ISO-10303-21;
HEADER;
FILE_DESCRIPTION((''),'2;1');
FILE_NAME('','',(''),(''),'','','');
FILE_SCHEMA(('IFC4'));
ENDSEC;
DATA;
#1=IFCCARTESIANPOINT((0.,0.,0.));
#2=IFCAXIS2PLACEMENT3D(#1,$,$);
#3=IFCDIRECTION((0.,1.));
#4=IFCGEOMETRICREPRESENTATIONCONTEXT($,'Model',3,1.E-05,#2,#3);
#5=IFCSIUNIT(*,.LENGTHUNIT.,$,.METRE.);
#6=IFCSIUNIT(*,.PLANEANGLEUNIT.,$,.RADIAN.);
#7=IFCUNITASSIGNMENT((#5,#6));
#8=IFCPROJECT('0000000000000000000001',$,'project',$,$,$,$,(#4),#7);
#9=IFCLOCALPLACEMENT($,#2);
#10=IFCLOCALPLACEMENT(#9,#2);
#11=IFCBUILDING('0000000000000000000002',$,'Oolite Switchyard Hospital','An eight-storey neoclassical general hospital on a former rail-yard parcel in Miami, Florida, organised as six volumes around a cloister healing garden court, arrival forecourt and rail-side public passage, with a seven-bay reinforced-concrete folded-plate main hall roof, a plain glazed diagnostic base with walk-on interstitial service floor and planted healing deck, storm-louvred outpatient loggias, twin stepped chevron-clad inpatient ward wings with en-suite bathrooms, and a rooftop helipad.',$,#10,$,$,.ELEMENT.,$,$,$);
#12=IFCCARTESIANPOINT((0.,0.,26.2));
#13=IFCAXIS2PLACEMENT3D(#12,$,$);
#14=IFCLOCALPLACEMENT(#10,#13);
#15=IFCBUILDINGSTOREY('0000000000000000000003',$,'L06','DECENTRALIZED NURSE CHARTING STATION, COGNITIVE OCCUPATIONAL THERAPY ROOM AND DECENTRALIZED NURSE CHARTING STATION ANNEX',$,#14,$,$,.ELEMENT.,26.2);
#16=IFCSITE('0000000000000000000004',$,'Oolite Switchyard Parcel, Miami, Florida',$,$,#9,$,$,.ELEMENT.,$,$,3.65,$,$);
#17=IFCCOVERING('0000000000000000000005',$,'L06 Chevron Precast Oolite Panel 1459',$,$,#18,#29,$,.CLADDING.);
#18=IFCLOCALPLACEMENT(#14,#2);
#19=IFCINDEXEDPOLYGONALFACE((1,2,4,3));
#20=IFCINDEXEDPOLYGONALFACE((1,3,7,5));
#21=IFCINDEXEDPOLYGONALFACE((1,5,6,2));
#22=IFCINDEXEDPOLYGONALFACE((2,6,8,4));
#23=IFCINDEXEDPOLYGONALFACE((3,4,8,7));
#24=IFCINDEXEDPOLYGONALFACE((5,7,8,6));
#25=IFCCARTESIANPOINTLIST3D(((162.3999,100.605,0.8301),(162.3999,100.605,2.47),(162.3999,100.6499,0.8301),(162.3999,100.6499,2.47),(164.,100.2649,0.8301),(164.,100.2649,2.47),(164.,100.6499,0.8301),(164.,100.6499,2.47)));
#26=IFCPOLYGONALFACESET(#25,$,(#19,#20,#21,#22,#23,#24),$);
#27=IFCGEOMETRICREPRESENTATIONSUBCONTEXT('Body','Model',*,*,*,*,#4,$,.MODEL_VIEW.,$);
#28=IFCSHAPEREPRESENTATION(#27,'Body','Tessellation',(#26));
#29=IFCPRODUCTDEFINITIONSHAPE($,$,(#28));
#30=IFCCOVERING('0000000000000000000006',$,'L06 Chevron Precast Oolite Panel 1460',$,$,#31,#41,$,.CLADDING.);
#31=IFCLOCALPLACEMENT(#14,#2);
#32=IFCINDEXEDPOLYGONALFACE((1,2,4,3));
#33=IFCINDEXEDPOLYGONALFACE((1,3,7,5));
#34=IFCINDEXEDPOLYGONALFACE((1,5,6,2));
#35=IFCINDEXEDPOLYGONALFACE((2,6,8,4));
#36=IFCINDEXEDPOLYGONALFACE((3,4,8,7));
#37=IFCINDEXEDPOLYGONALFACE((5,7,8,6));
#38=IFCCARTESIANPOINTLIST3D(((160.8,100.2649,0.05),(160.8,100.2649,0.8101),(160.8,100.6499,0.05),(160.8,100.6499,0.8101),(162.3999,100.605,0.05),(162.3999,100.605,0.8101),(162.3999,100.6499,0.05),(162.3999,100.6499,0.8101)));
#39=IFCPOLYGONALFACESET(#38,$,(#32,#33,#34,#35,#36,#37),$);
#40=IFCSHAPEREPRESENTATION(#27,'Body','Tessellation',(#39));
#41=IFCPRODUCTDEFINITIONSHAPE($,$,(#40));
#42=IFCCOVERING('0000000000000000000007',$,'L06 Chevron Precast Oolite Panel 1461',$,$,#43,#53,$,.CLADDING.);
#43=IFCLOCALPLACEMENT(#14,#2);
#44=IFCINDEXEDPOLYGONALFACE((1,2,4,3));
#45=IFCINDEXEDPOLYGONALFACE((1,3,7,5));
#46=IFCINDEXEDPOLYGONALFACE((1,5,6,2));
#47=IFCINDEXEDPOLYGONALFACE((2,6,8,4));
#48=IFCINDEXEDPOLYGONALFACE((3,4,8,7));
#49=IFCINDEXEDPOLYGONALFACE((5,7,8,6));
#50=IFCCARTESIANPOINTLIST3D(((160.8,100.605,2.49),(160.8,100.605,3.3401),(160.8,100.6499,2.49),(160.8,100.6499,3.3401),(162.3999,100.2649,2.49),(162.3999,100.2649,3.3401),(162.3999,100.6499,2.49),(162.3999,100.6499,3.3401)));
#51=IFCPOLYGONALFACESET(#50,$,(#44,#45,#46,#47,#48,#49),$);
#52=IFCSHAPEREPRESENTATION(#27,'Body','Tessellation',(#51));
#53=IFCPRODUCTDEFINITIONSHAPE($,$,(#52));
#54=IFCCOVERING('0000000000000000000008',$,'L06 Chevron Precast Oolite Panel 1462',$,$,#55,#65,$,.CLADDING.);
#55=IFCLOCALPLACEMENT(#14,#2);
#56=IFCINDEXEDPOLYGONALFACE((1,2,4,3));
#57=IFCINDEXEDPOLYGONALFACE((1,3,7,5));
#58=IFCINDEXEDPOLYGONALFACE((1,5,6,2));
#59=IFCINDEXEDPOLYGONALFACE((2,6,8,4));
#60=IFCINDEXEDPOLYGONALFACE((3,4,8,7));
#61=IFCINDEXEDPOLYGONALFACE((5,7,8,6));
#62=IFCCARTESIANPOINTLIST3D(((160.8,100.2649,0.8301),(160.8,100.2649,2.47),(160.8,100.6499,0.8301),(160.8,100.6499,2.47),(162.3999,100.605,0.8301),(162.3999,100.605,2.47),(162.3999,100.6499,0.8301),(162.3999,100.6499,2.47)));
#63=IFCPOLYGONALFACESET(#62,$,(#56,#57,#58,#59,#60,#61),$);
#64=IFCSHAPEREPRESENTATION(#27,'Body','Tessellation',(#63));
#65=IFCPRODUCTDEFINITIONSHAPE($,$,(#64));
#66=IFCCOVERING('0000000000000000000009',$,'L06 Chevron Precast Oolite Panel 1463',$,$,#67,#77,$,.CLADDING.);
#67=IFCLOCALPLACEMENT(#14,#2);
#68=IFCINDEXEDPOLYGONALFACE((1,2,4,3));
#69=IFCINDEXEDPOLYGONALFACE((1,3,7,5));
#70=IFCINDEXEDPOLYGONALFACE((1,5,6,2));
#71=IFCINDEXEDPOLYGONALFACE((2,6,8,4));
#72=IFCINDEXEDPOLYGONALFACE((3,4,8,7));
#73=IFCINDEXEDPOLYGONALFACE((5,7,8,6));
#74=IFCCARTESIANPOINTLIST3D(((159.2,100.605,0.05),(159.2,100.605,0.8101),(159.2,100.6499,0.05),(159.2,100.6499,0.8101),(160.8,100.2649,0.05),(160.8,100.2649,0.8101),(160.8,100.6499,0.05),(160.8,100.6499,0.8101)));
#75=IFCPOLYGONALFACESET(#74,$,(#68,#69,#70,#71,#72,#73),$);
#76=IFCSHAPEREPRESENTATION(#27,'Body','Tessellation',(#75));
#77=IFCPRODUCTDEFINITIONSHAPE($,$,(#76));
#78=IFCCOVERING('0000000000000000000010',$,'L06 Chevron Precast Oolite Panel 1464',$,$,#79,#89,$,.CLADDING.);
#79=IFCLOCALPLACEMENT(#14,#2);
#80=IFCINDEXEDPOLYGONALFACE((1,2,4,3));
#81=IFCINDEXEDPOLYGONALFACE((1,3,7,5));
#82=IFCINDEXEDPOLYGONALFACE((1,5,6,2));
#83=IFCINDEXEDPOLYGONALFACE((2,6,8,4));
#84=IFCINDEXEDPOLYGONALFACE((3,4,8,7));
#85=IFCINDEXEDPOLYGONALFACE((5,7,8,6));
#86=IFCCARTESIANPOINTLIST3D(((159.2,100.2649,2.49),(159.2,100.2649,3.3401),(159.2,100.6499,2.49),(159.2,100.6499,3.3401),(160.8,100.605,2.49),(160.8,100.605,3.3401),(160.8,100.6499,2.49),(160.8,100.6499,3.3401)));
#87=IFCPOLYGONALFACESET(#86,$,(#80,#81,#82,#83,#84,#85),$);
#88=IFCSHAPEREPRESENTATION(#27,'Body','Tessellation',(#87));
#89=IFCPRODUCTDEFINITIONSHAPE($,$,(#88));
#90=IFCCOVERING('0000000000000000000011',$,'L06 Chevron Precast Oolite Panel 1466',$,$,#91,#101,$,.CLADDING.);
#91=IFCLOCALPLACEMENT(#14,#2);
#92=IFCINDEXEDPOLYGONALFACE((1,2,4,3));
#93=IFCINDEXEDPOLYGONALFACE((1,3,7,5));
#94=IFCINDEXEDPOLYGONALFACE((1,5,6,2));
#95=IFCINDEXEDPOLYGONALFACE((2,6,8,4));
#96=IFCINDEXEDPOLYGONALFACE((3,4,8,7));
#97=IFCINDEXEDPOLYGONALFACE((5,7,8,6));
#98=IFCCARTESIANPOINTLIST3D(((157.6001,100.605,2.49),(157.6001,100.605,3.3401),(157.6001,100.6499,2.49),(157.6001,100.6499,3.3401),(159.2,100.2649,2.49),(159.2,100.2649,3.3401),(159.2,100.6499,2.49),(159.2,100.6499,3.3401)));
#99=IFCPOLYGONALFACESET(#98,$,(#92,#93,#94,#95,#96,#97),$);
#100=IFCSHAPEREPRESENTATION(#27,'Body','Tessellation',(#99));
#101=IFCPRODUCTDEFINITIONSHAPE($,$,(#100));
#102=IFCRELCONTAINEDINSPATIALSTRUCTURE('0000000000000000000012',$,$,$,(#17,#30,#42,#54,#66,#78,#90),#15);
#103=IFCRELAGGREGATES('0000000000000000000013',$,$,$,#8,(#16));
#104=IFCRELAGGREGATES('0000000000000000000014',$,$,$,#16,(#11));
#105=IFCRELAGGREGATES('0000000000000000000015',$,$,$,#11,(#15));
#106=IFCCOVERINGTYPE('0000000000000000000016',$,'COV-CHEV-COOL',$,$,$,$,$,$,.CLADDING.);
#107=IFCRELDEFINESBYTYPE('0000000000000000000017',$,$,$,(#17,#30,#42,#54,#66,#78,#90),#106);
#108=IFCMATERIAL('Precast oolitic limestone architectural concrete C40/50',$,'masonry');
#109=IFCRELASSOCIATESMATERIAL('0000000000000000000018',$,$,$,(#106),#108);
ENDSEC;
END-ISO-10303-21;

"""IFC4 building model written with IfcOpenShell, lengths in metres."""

from ifc_helpers import new_model, si_unit, direction, frame, origin, place, context, subcontext, project, spatial, polyline, outline, extrude, material, type_object, element, save


model = new_model("IFC4")

# Units and contexts
model_context = context("Model", 3, precision=1e-05, world=origin(), true_north=direction((0.0, 1.0)))
body_context = subcontext(model_context, "Body", "Model", "MODEL_VIEW")
ifc_project = project(units=[si_unit("LENGTHUNIT", "METRE"), si_unit("PLANEANGLEUNIT", "RADIAN")], contexts=[model_context])

# Site, building, storey
site_placement = place(None, origin())
site = spatial("IfcSite", under=ifc_project, at=site_placement, Name="Oolite Switchyard Parcel, Miami, Florida", CompositionType="ELEMENT", RefElevation=3.65)
building_placement = place(site_placement, origin())
building = spatial("IfcBuilding", under=site, at=building_placement, Name="Oolite Switchyard Hospital", Description="An eight-storey neoclassical general hospital on a former rail-yard parcel in Miami, Florida, organised as six volumes around a cloister healing garden court, arrival forecourt and rail-side public passage, with a seven-bay reinforced-concrete folded-plate main hall roof, a plain glazed diagnostic base with walk-on interstitial service floor and planted healing deck, storm-louvred outpatient loggias, twin stepped chevron-clad inpatient ward wings with en-suite bathrooms, and a rooftop helipad.", CompositionType="ELEMENT")
storey_placement = place(building_placement, frame((0.0, 0.0, 26.2)))
storey = spatial("IfcBuildingStorey", under=building, at=storey_placement, Name="L06", Description="DECENTRALIZED NURSE CHARTING STATION, COGNITIVE OCCUPATIONAL THERAPY ROOM AND DECENTRALIZED NURSE CHARTING STATION ANNEX", CompositionType="ELEMENT", Elevation=26.2)

# Coverings
ifc_material_1 = material(Name="Precast oolitic limestone architectural concrete C40/50", Category="masonry")
covering_type = type_object("IfcCoveringType", Name="COV-CHEV-COOL", PredefinedType="CLADDING", material=ifc_material_1)
covering_1_placement = place(storey_placement, frame((164.0, 100.6499, 0.8301), z_axis=(0.0, 0.0, 1.0), x_axis=(-1.0, 0.0, 0.0)))
element("IfcCovering", 1, at=covering_1_placement, inside=storey, type_object=covering_type, Name="L06 Chevron Precast Oolite Panel 1459", PredefinedType="CLADDING", context=body_context, shape_type="SweptSolid", body=[
    extrude(outline(polyline([(0.0, 0.0), (1.6001, 0.0), (1.6001, 0.0449), (0.0, 0.385), (0.0, 0.0)])), origin(), (0.0, 0.0, 1.0), 1.6399),
])
covering_2_placement = place(storey_placement, frame((162.3999, 100.6499, 0.05), z_axis=(0.0, 0.0, 1.0), x_axis=(-1.0, 0.0, 0.0)))
element("IfcCovering", 2, at=covering_2_placement, inside=storey, type_object=covering_type, Name="L06 Chevron Precast Oolite Panel 1460", PredefinedType="CLADDING", context=body_context, shape_type="SweptSolid", body=[
    extrude(outline(polyline([(0.0, 0.0), (1.5999, 0.0), (1.5999, 0.385), (0.0, 0.0449), (0.0, 0.0)])), origin(), (0.0, 0.0, 1.0), 0.76),
])
covering_3_placement = place(storey_placement, frame((162.3999, 100.6499, 2.49), z_axis=(0.0, 0.0, 1.0), x_axis=(-1.0, 0.0, 0.0)))
element("IfcCovering", 3, at=covering_3_placement, inside=storey, type_object=covering_type, Name="L06 Chevron Precast Oolite Panel 1461", PredefinedType="CLADDING", context=body_context, shape_type="SweptSolid", body=[
    extrude(outline(polyline([(0.0, 0.0), (1.5999, 0.0), (1.5999, 0.0449), (0.0, 0.385), (0.0, 0.0)])), origin(), (0.0, 0.0, 1.0), 0.8501),
])
covering_4_placement = place(storey_placement, frame((162.3999, 100.6499, 0.8301), z_axis=(0.0, 0.0, 1.0), x_axis=(-1.0, 0.0, 0.0)))
element("IfcCovering", 4, at=covering_4_placement, inside=storey, type_object=covering_type, Name="L06 Chevron Precast Oolite Panel 1462", PredefinedType="CLADDING", context=body_context, shape_type="SweptSolid", body=[
    extrude(outline(polyline([(0.0, 0.0), (1.5999, 0.0), (1.5999, 0.385), (0.0, 0.0449), (0.0, 0.0)])), origin(), (0.0, 0.0, 1.0), 1.6399),
])
covering_5_placement = place(storey_placement, frame((160.8, 100.6499, 0.05), z_axis=(0.0, 0.0, 1.0), x_axis=(-1.0, 0.0, 0.0)))
element("IfcCovering", 5, at=covering_5_placement, inside=storey, type_object=covering_type, Name="L06 Chevron Precast Oolite Panel 1463", PredefinedType="CLADDING", context=body_context, shape_type="SweptSolid", body=[
    extrude(outline(polyline([(0.0, 0.0), (1.6001, 0.0), (1.6001, 0.0449), (0.0, 0.385), (0.0, 0.0)])), origin(), (0.0, 0.0, 1.0), 0.76),
])
covering_6_placement = place(storey_placement, frame((160.8, 100.6499, 2.49), z_axis=(0.0, 0.0, 1.0), x_axis=(-1.0, 0.0, 0.0)))
element("IfcCovering", 6, at=covering_6_placement, inside=storey, type_object=covering_type, Name="L06 Chevron Precast Oolite Panel 1464", PredefinedType="CLADDING", context=body_context, shape_type="SweptSolid", body=[
    extrude(outline(polyline([(0.0, 0.0), (1.6001, 0.0), (1.6001, 0.385), (0.0, 0.0449), (0.0, 0.0)])), origin(), (0.0, 0.0, 1.0), 0.8501),
])
covering_7_placement = place(storey_placement, frame((159.2, 100.6499, 2.49), z_axis=(0.0, 0.0, 1.0), x_axis=(-1.0, 0.0, 0.0)))
element("IfcCovering", 7, at=covering_7_placement, inside=storey, type_object=covering_type, Name="L06 Chevron Precast Oolite Panel 1466", PredefinedType="CLADDING", context=body_context, shape_type="SweptSolid", body=[
    extrude(outline(polyline([(0.0, 0.0), (1.5999, 0.0), (1.5999, 0.0449), (0.0, 0.385), (0.0, 0.0)])), origin(), (0.0, 0.0, 1.0), 0.8501),
])

save(model, "model.ifc")
